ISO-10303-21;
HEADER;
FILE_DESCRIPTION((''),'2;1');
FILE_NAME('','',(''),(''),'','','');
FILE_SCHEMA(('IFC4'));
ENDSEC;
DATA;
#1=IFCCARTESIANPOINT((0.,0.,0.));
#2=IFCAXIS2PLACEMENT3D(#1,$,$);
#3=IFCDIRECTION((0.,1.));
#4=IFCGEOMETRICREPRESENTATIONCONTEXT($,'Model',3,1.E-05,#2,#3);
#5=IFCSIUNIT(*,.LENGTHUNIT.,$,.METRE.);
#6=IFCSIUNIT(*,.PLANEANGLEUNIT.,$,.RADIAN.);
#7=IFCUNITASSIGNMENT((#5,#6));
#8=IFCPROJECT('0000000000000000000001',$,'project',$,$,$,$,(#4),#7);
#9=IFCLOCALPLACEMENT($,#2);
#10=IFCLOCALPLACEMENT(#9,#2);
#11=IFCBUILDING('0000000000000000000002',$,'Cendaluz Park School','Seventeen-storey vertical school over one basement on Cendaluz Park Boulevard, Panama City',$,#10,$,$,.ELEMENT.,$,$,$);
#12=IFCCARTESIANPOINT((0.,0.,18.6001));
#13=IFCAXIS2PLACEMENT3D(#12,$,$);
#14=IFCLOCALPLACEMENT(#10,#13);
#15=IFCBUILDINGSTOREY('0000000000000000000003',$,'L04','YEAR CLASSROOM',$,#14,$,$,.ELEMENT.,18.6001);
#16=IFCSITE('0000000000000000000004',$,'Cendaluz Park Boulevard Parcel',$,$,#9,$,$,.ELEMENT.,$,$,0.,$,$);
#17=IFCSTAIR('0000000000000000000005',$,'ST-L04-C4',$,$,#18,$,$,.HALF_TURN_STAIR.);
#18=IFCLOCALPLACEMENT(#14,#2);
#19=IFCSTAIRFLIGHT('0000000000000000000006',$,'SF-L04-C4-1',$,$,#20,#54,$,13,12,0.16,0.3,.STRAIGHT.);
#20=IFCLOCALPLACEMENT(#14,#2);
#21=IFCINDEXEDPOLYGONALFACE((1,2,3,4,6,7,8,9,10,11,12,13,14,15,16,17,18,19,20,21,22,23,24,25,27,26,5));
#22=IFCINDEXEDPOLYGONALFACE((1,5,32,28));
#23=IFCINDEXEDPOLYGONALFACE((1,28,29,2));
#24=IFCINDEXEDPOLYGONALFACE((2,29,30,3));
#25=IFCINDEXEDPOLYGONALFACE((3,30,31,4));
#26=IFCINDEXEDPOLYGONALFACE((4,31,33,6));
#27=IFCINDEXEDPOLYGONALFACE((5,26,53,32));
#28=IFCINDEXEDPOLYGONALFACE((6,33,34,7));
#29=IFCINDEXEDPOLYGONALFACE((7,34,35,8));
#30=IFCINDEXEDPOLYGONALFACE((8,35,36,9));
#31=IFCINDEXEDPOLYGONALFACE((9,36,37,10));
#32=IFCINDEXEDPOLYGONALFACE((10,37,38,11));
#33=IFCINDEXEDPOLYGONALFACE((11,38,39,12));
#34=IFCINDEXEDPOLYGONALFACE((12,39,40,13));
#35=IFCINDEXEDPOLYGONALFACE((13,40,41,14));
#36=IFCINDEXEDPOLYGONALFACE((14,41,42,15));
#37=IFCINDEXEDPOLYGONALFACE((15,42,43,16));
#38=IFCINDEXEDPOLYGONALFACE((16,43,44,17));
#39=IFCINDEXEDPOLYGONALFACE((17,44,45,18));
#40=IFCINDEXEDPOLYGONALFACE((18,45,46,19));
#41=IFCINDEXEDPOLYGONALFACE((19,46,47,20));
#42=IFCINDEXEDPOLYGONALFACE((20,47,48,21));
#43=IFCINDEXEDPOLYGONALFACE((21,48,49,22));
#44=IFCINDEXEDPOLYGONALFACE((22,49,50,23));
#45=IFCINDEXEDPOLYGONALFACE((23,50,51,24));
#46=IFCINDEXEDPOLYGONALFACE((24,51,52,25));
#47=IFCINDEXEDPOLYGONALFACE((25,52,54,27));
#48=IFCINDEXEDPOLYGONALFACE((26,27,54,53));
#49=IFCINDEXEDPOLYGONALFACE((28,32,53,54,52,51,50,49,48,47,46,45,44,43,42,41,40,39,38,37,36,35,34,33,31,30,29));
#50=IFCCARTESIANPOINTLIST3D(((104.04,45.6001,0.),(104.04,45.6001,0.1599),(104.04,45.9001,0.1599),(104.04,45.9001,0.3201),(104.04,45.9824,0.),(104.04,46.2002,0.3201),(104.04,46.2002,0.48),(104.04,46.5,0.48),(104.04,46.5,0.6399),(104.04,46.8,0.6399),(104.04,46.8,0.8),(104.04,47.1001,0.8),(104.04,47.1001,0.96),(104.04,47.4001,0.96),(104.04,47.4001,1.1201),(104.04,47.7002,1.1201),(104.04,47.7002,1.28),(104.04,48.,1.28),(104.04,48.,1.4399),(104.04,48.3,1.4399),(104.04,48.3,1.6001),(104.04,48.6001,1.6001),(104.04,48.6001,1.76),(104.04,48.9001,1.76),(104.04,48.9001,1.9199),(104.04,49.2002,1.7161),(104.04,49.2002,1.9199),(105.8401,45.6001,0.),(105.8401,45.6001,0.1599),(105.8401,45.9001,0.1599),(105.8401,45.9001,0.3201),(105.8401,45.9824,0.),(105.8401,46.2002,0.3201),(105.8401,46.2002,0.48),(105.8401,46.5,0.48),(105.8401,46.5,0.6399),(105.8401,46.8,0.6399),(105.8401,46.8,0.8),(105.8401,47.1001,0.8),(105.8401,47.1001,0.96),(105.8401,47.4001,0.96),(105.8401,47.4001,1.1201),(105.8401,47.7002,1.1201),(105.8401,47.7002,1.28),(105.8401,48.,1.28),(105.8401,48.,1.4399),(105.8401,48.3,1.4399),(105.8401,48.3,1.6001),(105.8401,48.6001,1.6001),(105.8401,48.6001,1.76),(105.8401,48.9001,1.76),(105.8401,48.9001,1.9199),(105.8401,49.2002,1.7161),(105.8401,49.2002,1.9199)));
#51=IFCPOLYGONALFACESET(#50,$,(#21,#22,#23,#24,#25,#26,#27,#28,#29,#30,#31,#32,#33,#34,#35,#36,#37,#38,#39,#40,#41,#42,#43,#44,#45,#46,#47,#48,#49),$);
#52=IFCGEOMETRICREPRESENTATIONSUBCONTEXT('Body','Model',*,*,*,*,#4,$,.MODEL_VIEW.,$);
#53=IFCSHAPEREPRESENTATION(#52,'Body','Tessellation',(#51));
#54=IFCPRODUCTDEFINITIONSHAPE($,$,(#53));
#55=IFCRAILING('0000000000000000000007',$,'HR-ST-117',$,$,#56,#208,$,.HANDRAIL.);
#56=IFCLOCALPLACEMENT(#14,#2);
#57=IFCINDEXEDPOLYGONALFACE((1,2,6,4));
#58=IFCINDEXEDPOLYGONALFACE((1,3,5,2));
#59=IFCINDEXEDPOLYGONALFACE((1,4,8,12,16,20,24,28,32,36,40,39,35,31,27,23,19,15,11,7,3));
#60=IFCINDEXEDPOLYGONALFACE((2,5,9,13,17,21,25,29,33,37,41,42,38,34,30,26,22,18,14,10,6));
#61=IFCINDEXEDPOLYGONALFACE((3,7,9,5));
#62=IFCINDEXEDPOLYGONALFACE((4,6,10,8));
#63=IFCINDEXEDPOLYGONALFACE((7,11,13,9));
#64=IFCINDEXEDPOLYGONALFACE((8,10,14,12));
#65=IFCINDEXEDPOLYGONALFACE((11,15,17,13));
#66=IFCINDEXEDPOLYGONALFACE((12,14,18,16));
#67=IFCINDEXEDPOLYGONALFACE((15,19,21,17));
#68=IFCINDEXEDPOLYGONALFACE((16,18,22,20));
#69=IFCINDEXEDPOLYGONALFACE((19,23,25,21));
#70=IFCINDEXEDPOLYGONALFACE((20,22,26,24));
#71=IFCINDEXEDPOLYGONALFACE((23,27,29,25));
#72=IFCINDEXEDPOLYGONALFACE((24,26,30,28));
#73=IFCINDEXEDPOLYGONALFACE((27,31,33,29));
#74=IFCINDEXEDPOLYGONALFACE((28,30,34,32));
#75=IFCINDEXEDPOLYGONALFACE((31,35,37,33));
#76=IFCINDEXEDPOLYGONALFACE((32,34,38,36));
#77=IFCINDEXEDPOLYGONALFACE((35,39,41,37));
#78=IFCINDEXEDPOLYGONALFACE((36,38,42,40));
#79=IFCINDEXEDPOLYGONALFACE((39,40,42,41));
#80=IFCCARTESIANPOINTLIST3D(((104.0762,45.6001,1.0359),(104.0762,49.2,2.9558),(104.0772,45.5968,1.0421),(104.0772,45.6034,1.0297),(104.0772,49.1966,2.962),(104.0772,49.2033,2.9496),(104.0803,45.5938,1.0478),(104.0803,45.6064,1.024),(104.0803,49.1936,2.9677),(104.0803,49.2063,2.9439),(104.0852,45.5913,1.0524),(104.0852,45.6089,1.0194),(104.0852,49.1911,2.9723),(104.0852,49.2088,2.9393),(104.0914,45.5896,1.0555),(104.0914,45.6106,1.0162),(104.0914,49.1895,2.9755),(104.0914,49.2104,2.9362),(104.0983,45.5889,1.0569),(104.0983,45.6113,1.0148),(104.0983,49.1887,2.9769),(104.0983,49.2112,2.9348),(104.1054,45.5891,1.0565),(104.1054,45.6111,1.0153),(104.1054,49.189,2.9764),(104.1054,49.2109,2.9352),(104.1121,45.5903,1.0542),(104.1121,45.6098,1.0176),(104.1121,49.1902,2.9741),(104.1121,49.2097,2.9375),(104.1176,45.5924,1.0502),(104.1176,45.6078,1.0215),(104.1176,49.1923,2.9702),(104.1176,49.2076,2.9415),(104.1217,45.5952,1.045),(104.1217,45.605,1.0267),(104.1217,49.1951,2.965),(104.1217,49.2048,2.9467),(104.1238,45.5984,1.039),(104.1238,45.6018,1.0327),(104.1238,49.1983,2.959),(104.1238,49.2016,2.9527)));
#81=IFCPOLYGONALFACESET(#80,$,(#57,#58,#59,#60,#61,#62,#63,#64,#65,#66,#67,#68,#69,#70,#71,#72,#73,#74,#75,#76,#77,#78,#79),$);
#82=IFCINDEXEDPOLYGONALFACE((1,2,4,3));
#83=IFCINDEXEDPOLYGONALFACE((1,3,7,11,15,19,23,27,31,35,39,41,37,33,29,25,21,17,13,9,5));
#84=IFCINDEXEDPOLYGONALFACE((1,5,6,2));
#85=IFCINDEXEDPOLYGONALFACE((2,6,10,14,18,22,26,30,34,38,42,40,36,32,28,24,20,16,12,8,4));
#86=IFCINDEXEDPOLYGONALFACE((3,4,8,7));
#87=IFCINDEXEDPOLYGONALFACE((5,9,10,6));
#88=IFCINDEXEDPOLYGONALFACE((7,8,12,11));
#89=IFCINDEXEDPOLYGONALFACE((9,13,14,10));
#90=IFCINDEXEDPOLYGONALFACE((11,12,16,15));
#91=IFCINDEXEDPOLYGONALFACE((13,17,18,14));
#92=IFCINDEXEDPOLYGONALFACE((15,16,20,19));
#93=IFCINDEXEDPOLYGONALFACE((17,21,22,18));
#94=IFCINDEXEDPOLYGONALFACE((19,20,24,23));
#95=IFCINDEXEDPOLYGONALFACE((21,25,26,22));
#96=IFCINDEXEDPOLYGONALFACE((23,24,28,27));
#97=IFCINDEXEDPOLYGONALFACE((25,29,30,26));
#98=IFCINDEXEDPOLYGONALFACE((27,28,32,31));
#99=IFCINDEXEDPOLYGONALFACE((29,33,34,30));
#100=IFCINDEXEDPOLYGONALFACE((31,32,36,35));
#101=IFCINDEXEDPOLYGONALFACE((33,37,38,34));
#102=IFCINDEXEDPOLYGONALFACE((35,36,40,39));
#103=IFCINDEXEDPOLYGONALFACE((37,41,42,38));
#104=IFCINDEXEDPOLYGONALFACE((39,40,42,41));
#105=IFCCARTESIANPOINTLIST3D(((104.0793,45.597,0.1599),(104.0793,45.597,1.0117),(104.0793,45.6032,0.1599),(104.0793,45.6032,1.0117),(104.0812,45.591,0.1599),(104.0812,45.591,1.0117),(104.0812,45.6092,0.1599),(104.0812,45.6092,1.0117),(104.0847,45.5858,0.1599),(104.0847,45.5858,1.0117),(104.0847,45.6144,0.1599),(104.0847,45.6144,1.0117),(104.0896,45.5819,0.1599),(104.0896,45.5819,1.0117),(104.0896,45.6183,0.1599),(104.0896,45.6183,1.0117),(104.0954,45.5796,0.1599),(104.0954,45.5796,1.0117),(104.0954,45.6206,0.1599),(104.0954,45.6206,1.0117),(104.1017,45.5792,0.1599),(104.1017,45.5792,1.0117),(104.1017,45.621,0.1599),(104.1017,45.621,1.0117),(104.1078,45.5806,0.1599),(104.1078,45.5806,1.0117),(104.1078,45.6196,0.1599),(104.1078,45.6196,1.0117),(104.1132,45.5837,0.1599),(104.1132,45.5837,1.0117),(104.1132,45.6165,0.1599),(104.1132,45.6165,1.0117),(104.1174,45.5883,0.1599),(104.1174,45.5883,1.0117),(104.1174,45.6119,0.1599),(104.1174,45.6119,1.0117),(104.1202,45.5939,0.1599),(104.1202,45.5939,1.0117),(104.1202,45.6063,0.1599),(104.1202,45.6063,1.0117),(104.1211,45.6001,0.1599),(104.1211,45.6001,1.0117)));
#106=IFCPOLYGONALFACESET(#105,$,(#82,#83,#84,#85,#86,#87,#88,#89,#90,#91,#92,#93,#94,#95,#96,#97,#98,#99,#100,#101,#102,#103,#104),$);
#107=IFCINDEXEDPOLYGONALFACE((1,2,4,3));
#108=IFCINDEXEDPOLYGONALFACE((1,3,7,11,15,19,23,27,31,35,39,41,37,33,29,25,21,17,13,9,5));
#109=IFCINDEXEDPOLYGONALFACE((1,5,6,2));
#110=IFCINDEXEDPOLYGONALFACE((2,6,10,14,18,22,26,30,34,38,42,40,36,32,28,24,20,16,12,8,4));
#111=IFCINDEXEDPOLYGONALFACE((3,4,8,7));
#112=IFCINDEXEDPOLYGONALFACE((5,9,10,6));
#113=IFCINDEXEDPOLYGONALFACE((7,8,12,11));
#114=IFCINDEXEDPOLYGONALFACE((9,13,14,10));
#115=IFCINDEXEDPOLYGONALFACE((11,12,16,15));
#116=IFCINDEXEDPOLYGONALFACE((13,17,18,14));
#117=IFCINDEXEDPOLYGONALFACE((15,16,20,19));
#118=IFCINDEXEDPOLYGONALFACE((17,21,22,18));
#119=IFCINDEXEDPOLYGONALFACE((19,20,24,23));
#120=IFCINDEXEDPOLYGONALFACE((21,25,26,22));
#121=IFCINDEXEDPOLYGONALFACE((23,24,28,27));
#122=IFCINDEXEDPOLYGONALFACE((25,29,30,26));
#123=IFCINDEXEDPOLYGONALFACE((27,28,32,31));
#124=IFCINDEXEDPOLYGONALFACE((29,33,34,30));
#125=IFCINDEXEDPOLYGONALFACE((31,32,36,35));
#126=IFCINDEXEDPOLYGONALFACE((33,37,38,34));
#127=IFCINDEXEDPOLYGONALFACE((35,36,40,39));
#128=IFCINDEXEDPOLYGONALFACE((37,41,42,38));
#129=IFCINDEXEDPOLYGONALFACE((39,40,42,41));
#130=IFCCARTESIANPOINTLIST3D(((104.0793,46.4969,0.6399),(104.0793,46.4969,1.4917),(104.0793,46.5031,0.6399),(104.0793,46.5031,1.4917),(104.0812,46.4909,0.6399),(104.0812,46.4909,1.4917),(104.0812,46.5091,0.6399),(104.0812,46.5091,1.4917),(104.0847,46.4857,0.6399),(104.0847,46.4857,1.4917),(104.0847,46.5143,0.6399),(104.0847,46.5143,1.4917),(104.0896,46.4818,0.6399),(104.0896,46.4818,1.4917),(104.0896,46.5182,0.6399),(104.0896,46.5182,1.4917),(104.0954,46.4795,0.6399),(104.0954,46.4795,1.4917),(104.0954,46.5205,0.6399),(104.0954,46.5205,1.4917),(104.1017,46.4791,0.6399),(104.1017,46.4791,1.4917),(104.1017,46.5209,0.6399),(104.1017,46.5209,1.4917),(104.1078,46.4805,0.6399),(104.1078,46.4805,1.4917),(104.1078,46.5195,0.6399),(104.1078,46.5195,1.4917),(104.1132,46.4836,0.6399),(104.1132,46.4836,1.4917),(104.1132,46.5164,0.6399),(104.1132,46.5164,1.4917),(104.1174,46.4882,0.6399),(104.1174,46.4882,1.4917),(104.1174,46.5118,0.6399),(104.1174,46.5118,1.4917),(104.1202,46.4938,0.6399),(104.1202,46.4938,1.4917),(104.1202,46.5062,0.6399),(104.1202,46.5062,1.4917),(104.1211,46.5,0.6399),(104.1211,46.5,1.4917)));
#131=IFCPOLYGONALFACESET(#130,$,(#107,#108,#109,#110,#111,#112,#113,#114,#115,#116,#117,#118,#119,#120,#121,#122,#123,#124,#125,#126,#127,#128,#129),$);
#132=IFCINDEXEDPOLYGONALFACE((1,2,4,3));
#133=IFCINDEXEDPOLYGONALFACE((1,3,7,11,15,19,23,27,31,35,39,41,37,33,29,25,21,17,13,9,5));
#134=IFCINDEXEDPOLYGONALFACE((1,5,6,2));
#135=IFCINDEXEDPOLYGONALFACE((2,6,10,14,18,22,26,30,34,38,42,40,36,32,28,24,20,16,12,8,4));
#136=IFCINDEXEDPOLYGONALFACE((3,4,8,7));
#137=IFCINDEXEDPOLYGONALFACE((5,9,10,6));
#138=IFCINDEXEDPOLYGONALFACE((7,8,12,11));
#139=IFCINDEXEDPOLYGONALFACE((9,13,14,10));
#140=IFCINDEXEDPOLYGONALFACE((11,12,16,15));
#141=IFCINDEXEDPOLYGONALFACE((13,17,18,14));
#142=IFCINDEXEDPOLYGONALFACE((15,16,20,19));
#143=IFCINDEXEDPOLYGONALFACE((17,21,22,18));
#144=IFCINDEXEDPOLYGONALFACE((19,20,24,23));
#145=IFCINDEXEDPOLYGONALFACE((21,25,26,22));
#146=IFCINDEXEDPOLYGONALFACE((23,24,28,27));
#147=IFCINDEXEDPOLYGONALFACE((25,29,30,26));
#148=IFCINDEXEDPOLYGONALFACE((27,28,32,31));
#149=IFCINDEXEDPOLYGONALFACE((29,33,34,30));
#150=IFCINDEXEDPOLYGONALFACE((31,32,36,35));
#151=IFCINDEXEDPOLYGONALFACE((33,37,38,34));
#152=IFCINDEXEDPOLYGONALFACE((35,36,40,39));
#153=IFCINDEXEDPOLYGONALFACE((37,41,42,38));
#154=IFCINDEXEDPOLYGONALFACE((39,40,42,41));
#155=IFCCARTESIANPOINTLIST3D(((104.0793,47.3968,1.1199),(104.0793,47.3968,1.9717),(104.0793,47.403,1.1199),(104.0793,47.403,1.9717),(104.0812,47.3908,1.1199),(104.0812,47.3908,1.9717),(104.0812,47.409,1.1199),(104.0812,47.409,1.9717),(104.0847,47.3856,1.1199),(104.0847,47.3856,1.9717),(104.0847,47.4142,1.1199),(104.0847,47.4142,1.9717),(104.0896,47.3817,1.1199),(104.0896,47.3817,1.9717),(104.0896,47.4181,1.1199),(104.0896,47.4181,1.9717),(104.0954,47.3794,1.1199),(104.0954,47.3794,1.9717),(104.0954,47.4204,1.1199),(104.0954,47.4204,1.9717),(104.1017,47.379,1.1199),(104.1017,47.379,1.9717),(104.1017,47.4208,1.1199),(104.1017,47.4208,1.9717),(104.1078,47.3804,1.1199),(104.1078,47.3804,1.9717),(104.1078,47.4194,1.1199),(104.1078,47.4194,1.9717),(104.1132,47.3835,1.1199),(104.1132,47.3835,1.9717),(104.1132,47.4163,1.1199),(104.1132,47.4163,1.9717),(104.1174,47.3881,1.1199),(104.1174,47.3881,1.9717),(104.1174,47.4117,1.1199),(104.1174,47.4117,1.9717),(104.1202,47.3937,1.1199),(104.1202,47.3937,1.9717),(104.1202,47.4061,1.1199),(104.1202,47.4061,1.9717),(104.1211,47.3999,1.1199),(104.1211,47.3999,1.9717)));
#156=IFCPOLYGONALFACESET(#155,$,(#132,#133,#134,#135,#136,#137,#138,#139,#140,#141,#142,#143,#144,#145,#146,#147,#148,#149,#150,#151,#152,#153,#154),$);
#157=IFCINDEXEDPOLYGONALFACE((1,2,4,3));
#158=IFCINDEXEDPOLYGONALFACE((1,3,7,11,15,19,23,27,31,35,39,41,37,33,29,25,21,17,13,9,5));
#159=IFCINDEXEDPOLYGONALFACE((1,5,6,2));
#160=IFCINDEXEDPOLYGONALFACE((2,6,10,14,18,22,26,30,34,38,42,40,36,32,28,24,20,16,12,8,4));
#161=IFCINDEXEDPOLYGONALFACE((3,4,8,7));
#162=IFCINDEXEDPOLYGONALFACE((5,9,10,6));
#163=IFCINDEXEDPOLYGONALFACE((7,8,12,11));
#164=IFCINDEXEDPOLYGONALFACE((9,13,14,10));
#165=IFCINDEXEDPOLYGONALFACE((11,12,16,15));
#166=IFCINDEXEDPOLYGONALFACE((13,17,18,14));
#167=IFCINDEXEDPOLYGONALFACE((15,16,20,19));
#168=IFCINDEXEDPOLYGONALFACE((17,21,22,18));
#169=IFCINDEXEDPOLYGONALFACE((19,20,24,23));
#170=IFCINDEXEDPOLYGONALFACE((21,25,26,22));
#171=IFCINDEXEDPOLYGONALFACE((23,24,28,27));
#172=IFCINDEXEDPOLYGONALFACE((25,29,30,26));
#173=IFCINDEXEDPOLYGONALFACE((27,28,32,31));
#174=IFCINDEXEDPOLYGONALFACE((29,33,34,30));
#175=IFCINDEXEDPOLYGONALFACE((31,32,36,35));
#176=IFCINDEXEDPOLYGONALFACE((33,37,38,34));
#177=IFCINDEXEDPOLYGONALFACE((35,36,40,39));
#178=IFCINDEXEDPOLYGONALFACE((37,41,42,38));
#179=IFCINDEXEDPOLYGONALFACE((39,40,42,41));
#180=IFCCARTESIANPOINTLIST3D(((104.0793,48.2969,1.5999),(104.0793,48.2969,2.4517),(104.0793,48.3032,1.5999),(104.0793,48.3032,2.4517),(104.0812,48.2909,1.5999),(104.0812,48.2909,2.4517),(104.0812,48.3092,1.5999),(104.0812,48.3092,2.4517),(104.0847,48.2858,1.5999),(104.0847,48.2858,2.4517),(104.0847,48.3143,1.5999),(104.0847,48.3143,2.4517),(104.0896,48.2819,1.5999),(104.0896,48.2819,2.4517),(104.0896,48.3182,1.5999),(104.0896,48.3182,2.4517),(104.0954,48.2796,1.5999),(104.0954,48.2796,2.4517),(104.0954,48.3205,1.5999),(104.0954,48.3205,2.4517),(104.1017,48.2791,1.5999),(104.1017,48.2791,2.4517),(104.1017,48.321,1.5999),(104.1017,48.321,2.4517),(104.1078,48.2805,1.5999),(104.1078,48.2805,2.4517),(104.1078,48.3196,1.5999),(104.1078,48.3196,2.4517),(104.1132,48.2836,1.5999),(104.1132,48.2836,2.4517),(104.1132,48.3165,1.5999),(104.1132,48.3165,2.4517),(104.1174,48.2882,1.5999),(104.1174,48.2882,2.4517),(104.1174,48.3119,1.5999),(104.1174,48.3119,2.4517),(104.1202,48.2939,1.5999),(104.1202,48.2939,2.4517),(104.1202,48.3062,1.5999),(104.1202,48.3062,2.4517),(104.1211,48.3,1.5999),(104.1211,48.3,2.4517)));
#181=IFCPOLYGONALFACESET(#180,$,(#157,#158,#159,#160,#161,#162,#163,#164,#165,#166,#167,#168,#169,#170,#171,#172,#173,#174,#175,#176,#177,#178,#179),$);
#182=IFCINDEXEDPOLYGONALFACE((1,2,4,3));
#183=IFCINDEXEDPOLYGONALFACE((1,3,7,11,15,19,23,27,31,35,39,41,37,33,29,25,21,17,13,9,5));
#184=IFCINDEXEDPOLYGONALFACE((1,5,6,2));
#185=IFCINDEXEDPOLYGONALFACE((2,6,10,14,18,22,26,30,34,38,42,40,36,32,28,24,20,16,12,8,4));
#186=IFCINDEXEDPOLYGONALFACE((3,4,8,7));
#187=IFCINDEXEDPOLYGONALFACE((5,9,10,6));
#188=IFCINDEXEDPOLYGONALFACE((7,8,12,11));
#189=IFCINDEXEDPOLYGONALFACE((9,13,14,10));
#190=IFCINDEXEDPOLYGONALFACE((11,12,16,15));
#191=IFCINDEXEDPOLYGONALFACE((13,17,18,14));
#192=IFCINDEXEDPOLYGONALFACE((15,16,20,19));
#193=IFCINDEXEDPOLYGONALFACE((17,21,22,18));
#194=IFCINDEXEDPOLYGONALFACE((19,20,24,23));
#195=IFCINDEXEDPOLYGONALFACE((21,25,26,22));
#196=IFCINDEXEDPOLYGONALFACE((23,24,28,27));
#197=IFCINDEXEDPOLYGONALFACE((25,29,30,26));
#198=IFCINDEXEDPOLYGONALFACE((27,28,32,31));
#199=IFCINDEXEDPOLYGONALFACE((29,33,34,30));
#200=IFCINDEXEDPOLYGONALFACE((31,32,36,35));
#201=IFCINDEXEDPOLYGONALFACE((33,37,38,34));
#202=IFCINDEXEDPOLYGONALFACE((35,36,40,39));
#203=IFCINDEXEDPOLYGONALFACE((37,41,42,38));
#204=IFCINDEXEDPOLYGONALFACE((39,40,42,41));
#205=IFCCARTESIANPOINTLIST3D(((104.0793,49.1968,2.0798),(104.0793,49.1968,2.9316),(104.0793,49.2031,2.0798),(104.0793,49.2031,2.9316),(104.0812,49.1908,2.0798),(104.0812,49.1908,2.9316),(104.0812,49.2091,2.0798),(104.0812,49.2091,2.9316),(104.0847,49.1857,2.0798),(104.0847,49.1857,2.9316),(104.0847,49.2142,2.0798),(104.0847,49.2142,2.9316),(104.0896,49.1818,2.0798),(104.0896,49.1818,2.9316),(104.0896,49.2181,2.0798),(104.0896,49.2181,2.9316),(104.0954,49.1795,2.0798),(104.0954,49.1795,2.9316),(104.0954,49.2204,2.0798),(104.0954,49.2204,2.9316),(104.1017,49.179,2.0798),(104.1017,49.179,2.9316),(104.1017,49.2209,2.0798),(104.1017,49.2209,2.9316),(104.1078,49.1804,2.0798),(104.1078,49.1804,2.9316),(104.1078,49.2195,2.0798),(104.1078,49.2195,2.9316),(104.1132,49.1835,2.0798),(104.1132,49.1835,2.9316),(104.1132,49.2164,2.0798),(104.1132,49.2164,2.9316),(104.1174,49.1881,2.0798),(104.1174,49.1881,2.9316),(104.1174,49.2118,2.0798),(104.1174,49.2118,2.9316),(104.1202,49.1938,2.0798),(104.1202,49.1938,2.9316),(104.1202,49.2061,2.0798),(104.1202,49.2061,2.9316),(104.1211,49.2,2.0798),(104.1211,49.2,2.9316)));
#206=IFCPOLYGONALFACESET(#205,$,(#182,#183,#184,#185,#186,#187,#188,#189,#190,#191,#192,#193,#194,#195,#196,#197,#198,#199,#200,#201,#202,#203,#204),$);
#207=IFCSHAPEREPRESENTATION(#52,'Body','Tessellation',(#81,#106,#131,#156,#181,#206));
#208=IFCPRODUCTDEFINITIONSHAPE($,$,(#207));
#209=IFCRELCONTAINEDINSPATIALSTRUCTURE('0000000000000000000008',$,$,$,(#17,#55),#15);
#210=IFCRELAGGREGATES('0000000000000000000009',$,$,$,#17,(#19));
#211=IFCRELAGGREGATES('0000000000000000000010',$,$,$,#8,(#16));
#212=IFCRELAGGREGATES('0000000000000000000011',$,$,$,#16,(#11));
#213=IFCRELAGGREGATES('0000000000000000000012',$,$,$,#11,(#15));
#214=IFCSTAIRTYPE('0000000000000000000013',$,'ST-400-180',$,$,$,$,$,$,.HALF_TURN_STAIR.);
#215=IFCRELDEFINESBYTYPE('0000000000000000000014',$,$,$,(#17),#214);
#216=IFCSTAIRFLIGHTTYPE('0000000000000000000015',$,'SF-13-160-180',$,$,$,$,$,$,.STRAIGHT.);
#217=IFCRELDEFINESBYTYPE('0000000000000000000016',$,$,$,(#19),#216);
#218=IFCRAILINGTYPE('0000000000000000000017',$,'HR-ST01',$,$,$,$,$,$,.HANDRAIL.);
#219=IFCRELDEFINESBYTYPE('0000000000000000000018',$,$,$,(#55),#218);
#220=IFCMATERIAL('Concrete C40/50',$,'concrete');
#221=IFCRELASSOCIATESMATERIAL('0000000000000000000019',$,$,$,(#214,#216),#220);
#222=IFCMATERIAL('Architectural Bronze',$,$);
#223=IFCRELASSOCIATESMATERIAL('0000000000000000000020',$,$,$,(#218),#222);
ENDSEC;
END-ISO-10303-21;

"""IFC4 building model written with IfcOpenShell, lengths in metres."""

from ifc_helpers import new_model, si_unit, direction, frame, origin, origin_2d, place, context, subcontext, project, spatial, polyline, circle, outline, extrude, material, type_object, element, aggregate, save


model = new_model("IFC4")

# Units and contexts
model_context = context("Model", 3, precision=1e-05, world=origin(), true_north=direction((0.0, 1.0)))
body_context = subcontext(model_context, "Body", "Model", "MODEL_VIEW")
ifc_project = project(units=[si_unit("LENGTHUNIT", "METRE"), si_unit("PLANEANGLEUNIT", "RADIAN")], contexts=[model_context])

# Site, building, storey
site_placement = place(None, origin())
site = spatial("IfcSite", under=ifc_project, at=site_placement, Name="Cendaluz Park Boulevard Parcel", CompositionType="ELEMENT", RefElevation=0.0)
building_placement = place(site_placement, origin())
building = spatial("IfcBuilding", under=site, at=building_placement, Name="Cendaluz Park School", Description="Seventeen-storey vertical school over one basement on Cendaluz Park Boulevard, Panama City", CompositionType="ELEMENT")
storey_placement = place(building_placement, frame((0.0, 0.0, 18.6001)))
storey = spatial("IfcBuildingStorey", under=building, at=storey_placement, Name="L04", Description="YEAR CLASSROOM", CompositionType="ELEMENT", Elevation=18.6001)

# Shared definitions
ifc_material_1 = material(Name="Concrete C40/50", Category="concrete")

# Stair, stair flight
stair_type = type_object("IfcStairType", Name="ST-400-180", PredefinedType="HALF_TURN_STAIR", material=ifc_material_1)
stair_placement = place(storey_placement, origin())
stair = element("IfcStair", 1, at=stair_placement, inside=storey, type_object=stair_type, Name="ST-L04-C4", PredefinedType="HALF_TURN_STAIR")
stair_flight_type_1 = type_object("IfcStairFlightType", Name="SF-13-160-180", PredefinedType="STRAIGHT", material=ifc_material_1)
stair_flight_1_placement = place(storey_placement, frame((104.9399, 45.6001, 0.0), z_axis=(0.0, 0.0, 1.0), x_axis=(0.0, 1.0, 0.0)))
stair_flight_1 = element("IfcStairFlight", 2, at=stair_flight_1_placement, type_object=stair_flight_type_1, Name="SF-L04-C4-1", NumberOfRisers=13, NumberOfTreads=12, PredefinedType="STRAIGHT", RiserHeight=0.16, TreadLength=0.3, context=body_context, shape_type="SweptSolid", body=[
    extrude(outline(polyline([(0.0, 0.0), (0.0, 0.1599), (0.3, 0.1599), (0.3, 0.3201), (0.6001, 0.3201), (0.6001, 0.48), (0.8999, 0.48), (0.8999, 0.6399), (1.2, 0.6399), (1.2, 0.8), (1.5, 0.8), (1.5, 0.96), (1.8, 0.96), (1.8, 1.1201), (2.1001, 1.1201), (2.1001, 1.28), (2.3999, 1.28), (2.3999, 1.4399), (2.7, 1.4399), (2.7, 1.6001), (3.0, 1.6001), (3.0, 1.76), (3.3, 1.76), (3.3, 1.9199), (3.6001, 1.9199), (3.6001, 2.0801), (3.6001, 1.7161), (0.3823, 0.0), (0.0, 0.0)])), frame((0.0, 0.8999, 0.0), z_axis=(0.0, -1.0, 0.0), x_axis=(1.0, 0.0, 0.0)), (0.0, 0.0, 1.0), 1.8),
])
aggregate(stair, [stair_flight_1])

# Railing
ifc_material_2 = material(Name="Architectural Bronze")
railing_type_1 = type_object("IfcRailingType", Name="HR-ST01", PredefinedType="HANDRAIL", material=ifc_material_2)
railing_1_placement = place(storey_placement, frame((104.1001, 45.6001, 0.1599)))
element("IfcRailing", 3, at=railing_1_placement, inside=storey, type_object=railing_type_1, Name="HR-ST-117", PredefinedType="HANDRAIL", context=body_context, shape_type="SweptSolid", body=[
    extrude(circle(Radius=0.0239, at=origin_2d()), frame((0.0, 0.0, 0.876), z_axis=(0.0, 0.882353, 0.470588), x_axis=(-1.0, 0.0, 0.0)), (0.0, 0.0, 1.0), 4.0798),
    extrude(circle(Radius=0.021, at=origin_2d()), origin(), (0.0, 0.0, 1.0), 0.8518),
    extrude(circle(Radius=0.021, at=origin_2d()), frame((0.0, 0.8999, 0.48)), (0.0, 0.0, 1.0), 0.8518),
    extrude(circle(Radius=0.021, at=origin_2d()), frame((0.0, 1.7998, 0.96)), (0.0, 0.0, 1.0), 0.8518),
    extrude(circle(Radius=0.021, at=origin_2d()), frame((0.0, 2.7, 1.4399)), (0.0, 0.0, 1.0), 0.8518),
    extrude(circle(Radius=0.021, at=origin_2d()), frame((0.0, 3.5999, 1.9199)), (0.0, 0.0, 1.0), 0.8518),
])

save(model, "model.ifc")
